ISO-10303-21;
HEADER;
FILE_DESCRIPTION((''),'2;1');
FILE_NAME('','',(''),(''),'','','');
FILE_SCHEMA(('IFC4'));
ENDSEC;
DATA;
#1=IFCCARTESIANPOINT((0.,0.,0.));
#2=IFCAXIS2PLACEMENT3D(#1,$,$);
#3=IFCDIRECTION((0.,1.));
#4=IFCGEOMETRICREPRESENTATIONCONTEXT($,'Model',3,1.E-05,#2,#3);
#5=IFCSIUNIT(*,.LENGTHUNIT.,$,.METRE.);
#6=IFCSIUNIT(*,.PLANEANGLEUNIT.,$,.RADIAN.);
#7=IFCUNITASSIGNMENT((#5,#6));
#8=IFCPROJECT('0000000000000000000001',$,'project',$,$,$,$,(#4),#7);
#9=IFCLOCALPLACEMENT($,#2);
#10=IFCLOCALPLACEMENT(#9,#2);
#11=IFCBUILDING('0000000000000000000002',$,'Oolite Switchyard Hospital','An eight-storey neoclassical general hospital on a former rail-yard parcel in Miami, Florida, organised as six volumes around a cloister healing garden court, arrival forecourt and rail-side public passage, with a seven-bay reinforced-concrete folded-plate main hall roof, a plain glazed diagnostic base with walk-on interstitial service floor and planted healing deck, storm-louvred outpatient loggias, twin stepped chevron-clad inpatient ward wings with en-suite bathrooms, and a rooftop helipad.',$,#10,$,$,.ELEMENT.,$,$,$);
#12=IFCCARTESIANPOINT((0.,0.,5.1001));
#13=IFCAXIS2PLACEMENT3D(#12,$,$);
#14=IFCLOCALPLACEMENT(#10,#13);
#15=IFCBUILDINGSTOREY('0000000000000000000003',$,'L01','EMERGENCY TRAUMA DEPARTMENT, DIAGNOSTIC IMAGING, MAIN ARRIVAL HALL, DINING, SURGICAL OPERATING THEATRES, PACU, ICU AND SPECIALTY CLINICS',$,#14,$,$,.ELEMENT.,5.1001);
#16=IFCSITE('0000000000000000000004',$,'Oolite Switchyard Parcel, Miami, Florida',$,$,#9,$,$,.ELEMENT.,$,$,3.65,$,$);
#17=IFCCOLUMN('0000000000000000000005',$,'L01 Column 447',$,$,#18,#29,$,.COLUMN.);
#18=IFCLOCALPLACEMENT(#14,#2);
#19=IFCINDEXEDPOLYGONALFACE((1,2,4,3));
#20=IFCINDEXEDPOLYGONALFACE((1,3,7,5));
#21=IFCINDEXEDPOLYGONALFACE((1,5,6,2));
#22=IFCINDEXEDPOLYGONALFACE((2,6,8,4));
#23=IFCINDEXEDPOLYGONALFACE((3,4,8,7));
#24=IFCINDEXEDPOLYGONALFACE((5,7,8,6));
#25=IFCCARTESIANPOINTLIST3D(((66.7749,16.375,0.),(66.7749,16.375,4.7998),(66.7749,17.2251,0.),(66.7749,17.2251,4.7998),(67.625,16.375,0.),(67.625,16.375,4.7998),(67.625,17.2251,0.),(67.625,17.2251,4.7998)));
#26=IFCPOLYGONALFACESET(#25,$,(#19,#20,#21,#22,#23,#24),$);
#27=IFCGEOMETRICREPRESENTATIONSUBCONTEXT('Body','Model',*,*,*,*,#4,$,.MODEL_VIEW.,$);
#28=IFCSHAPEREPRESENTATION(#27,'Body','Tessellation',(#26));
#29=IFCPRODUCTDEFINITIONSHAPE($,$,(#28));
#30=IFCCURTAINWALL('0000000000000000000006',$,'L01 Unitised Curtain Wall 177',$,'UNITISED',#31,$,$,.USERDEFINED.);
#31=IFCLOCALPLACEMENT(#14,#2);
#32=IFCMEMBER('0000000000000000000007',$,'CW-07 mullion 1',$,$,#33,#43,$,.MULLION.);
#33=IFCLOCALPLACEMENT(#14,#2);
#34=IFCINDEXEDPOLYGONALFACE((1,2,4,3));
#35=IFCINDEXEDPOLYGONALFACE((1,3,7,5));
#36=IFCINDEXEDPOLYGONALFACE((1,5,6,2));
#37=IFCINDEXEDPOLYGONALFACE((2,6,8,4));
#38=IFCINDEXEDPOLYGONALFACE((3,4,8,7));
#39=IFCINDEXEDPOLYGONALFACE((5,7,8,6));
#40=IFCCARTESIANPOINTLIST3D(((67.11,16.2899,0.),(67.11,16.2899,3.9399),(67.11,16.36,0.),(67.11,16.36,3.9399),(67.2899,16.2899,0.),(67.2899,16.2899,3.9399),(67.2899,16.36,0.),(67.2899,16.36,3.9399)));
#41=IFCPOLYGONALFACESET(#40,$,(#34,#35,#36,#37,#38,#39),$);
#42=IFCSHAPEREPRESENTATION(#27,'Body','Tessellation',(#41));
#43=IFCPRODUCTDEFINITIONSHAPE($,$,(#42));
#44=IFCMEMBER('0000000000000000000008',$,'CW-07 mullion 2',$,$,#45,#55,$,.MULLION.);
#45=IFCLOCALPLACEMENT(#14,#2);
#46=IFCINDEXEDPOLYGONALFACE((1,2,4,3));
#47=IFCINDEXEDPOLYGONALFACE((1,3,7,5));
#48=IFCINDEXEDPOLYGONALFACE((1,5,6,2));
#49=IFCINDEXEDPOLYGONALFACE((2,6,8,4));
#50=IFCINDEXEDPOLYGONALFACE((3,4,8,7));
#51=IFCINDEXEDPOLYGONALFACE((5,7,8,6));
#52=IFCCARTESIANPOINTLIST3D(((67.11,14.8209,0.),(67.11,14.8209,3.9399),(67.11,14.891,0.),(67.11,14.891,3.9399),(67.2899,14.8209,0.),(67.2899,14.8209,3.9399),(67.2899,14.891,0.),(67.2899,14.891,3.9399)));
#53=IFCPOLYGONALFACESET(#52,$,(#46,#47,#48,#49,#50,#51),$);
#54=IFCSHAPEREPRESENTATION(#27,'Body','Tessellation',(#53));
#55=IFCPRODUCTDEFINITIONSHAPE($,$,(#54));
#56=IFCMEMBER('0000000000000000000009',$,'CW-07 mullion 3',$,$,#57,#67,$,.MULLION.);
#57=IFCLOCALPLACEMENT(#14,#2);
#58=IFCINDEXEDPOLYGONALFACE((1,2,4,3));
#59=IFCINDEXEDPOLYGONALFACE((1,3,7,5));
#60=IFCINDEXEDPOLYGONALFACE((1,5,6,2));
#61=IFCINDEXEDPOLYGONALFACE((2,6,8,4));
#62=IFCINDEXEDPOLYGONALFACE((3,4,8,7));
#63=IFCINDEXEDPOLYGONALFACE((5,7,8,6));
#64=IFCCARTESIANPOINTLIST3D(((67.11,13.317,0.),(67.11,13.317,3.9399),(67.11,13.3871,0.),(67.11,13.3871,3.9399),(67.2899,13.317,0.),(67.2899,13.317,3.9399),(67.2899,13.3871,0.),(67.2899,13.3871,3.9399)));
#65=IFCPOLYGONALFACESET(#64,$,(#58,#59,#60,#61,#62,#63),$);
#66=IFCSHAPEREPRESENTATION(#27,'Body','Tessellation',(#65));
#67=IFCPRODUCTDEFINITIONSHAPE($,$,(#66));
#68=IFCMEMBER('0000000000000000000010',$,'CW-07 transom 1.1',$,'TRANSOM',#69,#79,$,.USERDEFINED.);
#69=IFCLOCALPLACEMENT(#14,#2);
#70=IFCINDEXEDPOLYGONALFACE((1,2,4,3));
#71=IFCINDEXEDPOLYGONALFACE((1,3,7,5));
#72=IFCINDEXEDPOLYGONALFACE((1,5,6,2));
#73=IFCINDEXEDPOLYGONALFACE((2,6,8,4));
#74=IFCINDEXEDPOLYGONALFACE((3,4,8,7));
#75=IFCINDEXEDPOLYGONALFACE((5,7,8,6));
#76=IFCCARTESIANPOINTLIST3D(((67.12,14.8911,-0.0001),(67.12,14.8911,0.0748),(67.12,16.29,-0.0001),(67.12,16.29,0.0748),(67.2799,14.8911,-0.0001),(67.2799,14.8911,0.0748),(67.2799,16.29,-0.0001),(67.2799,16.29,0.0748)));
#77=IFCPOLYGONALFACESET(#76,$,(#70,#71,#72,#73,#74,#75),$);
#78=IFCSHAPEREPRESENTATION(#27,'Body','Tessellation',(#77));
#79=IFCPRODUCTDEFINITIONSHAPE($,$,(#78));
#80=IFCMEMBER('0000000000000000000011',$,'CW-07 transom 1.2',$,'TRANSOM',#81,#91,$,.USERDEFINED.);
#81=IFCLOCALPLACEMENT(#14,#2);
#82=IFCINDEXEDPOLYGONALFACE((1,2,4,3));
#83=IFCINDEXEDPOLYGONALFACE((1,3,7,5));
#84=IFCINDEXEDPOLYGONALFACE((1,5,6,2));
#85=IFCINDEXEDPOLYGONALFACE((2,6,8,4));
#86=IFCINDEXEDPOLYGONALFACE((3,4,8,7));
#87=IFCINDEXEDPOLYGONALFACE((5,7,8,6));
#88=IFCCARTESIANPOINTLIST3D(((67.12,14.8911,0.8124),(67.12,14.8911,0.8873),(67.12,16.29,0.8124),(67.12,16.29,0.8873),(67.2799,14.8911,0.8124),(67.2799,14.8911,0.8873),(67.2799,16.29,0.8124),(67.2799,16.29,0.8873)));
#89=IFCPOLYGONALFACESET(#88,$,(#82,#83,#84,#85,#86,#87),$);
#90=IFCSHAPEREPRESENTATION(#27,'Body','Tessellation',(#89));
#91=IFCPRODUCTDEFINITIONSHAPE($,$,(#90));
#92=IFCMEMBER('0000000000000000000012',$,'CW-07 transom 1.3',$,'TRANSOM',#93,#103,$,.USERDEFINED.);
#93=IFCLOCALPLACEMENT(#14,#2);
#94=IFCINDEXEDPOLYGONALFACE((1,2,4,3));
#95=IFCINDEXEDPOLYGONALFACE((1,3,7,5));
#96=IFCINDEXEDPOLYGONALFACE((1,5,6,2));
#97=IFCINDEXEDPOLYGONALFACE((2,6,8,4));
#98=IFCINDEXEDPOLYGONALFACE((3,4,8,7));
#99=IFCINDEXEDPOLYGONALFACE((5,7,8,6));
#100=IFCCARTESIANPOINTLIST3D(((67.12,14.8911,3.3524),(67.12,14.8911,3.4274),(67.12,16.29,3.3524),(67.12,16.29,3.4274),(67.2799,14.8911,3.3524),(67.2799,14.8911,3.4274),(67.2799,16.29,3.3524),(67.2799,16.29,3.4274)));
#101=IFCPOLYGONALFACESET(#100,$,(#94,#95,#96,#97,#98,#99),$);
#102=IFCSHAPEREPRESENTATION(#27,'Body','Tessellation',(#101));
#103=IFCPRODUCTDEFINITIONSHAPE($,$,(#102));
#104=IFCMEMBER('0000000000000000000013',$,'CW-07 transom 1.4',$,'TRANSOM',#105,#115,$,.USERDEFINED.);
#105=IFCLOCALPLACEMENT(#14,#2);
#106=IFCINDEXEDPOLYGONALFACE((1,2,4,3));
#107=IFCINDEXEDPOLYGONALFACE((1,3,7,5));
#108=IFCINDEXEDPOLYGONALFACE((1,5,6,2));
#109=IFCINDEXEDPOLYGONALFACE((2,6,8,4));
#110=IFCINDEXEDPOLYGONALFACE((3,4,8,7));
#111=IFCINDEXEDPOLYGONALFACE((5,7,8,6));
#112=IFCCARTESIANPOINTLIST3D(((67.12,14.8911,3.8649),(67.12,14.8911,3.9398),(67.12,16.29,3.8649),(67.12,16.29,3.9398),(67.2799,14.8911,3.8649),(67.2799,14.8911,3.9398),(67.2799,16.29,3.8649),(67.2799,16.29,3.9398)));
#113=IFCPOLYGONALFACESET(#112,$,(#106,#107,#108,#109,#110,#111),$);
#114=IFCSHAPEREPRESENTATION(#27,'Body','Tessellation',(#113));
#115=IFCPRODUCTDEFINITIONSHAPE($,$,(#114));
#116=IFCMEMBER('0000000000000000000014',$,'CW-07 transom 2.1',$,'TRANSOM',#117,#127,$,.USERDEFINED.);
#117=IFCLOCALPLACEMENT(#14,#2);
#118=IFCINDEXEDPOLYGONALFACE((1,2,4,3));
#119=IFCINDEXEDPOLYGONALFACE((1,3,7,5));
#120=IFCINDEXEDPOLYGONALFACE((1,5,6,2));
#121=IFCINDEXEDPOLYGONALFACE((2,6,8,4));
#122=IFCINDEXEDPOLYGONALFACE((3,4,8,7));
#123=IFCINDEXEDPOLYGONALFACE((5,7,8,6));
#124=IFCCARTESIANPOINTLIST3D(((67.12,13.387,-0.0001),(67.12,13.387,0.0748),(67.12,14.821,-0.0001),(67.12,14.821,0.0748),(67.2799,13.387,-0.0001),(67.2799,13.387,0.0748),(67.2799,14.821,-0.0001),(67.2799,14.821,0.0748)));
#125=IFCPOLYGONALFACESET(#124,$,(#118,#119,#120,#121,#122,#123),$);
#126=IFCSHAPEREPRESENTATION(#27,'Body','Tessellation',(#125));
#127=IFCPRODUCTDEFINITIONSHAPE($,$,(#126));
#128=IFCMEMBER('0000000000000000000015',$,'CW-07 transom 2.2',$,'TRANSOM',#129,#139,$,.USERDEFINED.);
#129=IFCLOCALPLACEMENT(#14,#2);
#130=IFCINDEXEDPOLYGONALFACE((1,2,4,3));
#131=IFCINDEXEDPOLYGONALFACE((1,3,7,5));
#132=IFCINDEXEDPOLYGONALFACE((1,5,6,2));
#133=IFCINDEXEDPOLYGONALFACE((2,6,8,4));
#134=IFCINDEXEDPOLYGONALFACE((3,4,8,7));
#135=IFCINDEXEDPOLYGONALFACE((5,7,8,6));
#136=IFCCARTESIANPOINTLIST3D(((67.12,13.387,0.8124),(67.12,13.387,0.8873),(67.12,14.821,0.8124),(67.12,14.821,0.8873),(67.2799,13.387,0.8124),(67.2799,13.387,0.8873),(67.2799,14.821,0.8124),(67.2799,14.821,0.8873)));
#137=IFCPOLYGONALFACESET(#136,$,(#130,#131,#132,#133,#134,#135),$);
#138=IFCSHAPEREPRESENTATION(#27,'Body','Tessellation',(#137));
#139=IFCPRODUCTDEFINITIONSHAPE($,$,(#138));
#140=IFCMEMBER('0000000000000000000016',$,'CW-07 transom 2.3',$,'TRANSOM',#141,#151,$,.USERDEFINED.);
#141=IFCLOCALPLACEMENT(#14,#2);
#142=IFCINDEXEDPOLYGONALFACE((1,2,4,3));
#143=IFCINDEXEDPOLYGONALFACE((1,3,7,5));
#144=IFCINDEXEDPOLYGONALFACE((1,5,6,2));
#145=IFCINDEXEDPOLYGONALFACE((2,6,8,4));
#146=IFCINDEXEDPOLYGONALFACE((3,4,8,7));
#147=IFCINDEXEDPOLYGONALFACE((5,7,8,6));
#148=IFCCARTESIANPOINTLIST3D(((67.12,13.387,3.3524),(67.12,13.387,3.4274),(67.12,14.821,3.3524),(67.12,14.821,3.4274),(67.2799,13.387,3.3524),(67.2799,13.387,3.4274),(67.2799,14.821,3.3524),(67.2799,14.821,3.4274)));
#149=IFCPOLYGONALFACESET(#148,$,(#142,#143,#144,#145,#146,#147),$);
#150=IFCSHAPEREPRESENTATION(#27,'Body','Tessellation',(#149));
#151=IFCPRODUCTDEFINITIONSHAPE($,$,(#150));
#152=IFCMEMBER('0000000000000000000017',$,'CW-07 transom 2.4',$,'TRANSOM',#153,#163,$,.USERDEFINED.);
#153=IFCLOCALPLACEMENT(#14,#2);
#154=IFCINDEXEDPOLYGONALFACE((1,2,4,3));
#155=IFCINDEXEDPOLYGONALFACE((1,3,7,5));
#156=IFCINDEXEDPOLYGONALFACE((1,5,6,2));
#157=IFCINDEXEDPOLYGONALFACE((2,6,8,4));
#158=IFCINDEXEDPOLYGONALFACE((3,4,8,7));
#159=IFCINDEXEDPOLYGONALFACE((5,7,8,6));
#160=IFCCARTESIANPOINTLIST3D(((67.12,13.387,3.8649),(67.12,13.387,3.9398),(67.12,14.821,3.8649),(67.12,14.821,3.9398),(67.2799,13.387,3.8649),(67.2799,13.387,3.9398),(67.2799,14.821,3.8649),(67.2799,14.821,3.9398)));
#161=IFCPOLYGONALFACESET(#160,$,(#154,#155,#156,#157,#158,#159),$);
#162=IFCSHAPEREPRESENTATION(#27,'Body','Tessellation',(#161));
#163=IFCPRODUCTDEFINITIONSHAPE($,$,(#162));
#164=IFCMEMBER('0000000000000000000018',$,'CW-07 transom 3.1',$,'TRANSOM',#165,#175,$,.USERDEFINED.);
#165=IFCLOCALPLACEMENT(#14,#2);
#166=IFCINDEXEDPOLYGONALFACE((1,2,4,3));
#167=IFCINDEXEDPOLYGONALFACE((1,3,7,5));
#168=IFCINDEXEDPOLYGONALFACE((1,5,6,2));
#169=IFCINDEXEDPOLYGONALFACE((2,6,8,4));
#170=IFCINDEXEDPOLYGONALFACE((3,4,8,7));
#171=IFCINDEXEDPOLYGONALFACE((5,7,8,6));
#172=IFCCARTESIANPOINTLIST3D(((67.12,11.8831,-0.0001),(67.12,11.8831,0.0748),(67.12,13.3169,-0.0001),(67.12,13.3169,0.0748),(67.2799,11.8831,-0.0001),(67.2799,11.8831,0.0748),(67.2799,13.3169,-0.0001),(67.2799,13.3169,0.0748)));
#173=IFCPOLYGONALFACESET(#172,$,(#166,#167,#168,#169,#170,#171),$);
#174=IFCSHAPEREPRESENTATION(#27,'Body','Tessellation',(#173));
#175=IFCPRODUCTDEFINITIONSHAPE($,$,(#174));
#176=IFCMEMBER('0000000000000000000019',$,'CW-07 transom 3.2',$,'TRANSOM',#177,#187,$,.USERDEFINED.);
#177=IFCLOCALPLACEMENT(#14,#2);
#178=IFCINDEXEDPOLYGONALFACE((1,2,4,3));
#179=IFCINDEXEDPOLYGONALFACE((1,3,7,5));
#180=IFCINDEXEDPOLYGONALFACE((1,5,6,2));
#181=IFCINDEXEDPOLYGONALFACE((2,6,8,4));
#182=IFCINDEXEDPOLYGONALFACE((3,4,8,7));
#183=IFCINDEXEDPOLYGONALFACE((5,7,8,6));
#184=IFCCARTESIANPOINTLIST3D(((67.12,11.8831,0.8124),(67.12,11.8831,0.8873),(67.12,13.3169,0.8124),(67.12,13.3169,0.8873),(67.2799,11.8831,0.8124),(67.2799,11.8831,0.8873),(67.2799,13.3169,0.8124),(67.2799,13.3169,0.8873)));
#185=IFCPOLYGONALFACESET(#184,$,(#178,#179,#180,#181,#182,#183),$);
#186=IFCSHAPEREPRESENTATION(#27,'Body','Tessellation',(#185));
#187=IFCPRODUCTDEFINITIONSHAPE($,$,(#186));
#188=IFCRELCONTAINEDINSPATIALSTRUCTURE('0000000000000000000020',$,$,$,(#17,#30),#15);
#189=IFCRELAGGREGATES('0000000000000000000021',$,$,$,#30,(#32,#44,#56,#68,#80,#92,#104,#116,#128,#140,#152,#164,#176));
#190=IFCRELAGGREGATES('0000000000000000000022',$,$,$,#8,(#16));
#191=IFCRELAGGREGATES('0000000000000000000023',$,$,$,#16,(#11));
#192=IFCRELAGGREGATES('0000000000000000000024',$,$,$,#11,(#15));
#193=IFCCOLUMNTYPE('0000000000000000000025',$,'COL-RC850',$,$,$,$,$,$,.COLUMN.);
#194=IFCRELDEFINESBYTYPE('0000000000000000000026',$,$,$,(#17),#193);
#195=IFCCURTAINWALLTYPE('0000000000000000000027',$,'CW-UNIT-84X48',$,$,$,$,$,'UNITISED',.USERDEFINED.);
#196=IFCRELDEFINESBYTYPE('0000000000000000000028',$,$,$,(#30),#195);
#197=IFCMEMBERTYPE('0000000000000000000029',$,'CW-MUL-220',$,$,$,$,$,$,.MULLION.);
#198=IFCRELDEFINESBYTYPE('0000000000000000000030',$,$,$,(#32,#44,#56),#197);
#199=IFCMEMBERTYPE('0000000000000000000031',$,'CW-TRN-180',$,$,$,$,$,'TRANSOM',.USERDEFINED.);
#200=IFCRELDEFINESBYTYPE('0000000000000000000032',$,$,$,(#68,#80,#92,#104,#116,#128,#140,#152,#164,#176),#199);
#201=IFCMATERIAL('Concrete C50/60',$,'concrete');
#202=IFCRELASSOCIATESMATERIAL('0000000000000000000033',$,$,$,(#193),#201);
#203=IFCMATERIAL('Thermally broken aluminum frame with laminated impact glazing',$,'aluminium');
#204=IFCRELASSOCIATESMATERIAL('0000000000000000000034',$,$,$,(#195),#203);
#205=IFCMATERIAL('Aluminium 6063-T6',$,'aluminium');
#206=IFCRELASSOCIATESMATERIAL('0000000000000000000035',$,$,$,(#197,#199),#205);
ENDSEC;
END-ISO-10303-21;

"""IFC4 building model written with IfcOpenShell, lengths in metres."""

from ifc_helpers import new_model, si_unit, direction, frame, origin, origin_2d, place, context, subcontext, project, spatial, rectangle, extrude, material, material_profile, profile_set, type_object, element, aggregate, save


model = new_model("IFC4")

# Units and contexts
model_context = context("Model", 3, precision=1e-05, world=origin(), true_north=direction((0.0, 1.0)))
body_context = subcontext(model_context, "Body", "Model", "MODEL_VIEW")
ifc_project = project(units=[si_unit("LENGTHUNIT", "METRE"), si_unit("PLANEANGLEUNIT", "RADIAN")], contexts=[model_context])

# Site, building, storey
site_placement = place(None, origin())
site = spatial("IfcSite", under=ifc_project, at=site_placement, Name="Oolite Switchyard Parcel, Miami, Florida", CompositionType="ELEMENT", RefElevation=3.65)
building_placement = place(site_placement, origin())
building = spatial("IfcBuilding", under=site, at=building_placement, Name="Oolite Switchyard Hospital", Description="An eight-storey neoclassical general hospital on a former rail-yard parcel in Miami, Florida, organised as six volumes around a cloister healing garden court, arrival forecourt and rail-side public passage, with a seven-bay reinforced-concrete folded-plate main hall roof, a plain glazed diagnostic base with walk-on interstitial service floor and planted healing deck, storm-louvred outpatient loggias, twin stepped chevron-clad inpatient ward wings with en-suite bathrooms, and a rooftop helipad.", CompositionType="ELEMENT")
storey_placement = place(building_placement, frame((0.0, 0.0, 5.1001)))
storey = spatial("IfcBuildingStorey", under=building, at=storey_placement, Name="L01", Description="EMERGENCY TRAUMA DEPARTMENT, DIAGNOSTIC IMAGING, MAIN ARRIVAL HALL, DINING, SURGICAL OPERATING THEATRES, PACU, ICU AND SPECIALTY CLINICS", CompositionType="ELEMENT", Elevation=5.1001)

# Column
ifc_material_1 = material(Name="Concrete C50/60", Category="concrete")
ifc_material_profile_1 = material_profile(ifc_material_1, rectangle(XDim=0.8501, YDim=0.8501, at=origin_2d()), Name="RC850X850")
ifc_profile_set_1 = profile_set([ifc_material_profile_1], Name="Concrete C50/60")
column_type = type_object("IfcColumnType", Name="COL-RC850", PredefinedType="COLUMN", material=ifc_profile_set_1)
column_placement = place(storey_placement, frame((67.2, 16.8, 0.0), z_axis=(0.0, 0.0, 1.0), x_axis=(1.0, 0.0, 0.0)))
element("IfcColumn", 1, at=column_placement, inside=storey, type_object=column_type, Name="L01 Column 447", PredefinedType="COLUMN", context=body_context, shape_type="SweptSolid", body=[
    extrude(rectangle(XDim=0.8501, YDim=0.8501, at=origin_2d()), origin(), (0.0, 0.0, 1.0), 4.7998),
])

# Curtain wall, members
ifc_material_2 = material(Name="Thermally broken aluminum frame with laminated impact glazing", Category="aluminium")
curtain_wall_type = type_object("IfcCurtainWallType", Name="CW-UNIT-84X48", ElementType="UNITISED", PredefinedType="USERDEFINED", material=ifc_material_2)
curtain_wall_placement = place(storey_placement, origin())
curtain_wall = element("IfcCurtainWall", 2, at=curtain_wall_placement, inside=storey, type_object=curtain_wall_type, Name="L01 Unitised Curtain Wall 177", ObjectType="UNITISED", PredefinedType="USERDEFINED")
ifc_material_3 = material(Name="Aluminium 6063-T6", Category="aluminium")
ifc_material_profile_2 = material_profile(ifc_material_3, rectangle(XDim=0.1799, YDim=0.0701, at=origin_2d()), Name="CWM70X180")
ifc_profile_set_2 = profile_set([ifc_material_profile_2], Name="Aluminium 6063-T6")
member_type_1 = type_object("IfcMemberType", Name="CW-MUL-220", PredefinedType="MULLION", material=ifc_profile_set_2)
member_1_placement = place(storey_placement, frame((67.2, 16.325, 0.0), z_axis=(0.0, 0.0, 1.0), x_axis=(1.0, 0.0, 0.0)))
member_1 = element("IfcMember", 3, at=member_1_placement, type_object=member_type_1, Name="CW-07 mullion 1", PredefinedType="MULLION", context=body_context, shape_type="SweptSolid", body=[
    extrude(rectangle(XDim=0.1799, YDim=0.0701, at=origin_2d()), origin(), (0.0, 0.0, 1.0), 3.9399),
])
member_2_placement = place(storey_placement, frame((67.2, 14.856, 0.0), z_axis=(0.0, 0.0, 1.0), x_axis=(1.0, 0.0, 0.0)))
member_2 = element("IfcMember", 4, at=member_2_placement, type_object=member_type_1, Name="CW-07 mullion 2", PredefinedType="MULLION", context=body_context, shape_type="SweptSolid", body=[
    extrude(rectangle(XDim=0.1799, YDim=0.0701, at=origin_2d()), origin(), (0.0, 0.0, 1.0), 3.9399),
])
member_3_placement = place(storey_placement, frame((67.2, 13.3521, 0.0), z_axis=(0.0, 0.0, 1.0), x_axis=(1.0, 0.0, 0.0)))
member_3 = element("IfcMember", 5, at=member_3_placement, type_object=member_type_1, Name="CW-07 mullion 3", PredefinedType="MULLION", context=body_context, shape_type="SweptSolid", body=[
    extrude(rectangle(XDim=0.1799, YDim=0.0701, at=origin_2d()), origin(), (0.0, 0.0, 1.0), 3.9399),
])
ifc_material_profile_3 = material_profile(ifc_material_3, rectangle(XDim=0.1599, YDim=0.075, at=origin_2d()), Name="CWT75X160")
ifc_profile_set_3 = profile_set([ifc_material_profile_3], Name="Aluminium 6063-T6")
member_type_2 = type_object("IfcMemberType", Name="CW-TRN-180", ElementType="TRANSOM", PredefinedType="USERDEFINED", material=ifc_profile_set_3)
member_4_placement = place(storey_placement, frame((67.2, 16.29, 0.0374), z_axis=(0.0, -1.0, 0.0), x_axis=(1.0, 0.0, 0.0)))
member_4 = element("IfcMember", 6, at=member_4_placement, type_object=member_type_2, Name="CW-07 transom 1.1", ObjectType="TRANSOM", PredefinedType="USERDEFINED", context=body_context, shape_type="SweptSolid", body=[
    extrude(rectangle(XDim=0.1599, YDim=0.075, at=origin_2d()), origin(), (0.0, 0.0, 1.0), 1.3989),
])
member_5_placement = place(storey_placement, frame((67.2, 16.29, 0.8499), z_axis=(0.0, -1.0, 0.0), x_axis=(1.0, 0.0, 0.0)))
member_5 = element("IfcMember", 7, at=member_5_placement, type_object=member_type_2, Name="CW-07 transom 1.2", ObjectType="TRANSOM", PredefinedType="USERDEFINED", context=body_context, shape_type="SweptSolid", body=[
    extrude(rectangle(XDim=0.1599, YDim=0.075, at=origin_2d()), origin(), (0.0, 0.0, 1.0), 1.3989),
])
member_6_placement = place(storey_placement, frame((67.2, 16.29, 3.3899), z_axis=(0.0, -1.0, 0.0), x_axis=(1.0, 0.0, 0.0)))
member_6 = element("IfcMember", 8, at=member_6_placement, type_object=member_type_2, Name="CW-07 transom 1.3", ObjectType="TRANSOM", PredefinedType="USERDEFINED", context=body_context, shape_type="SweptSolid", body=[
    extrude(rectangle(XDim=0.1599, YDim=0.075, at=origin_2d()), origin(), (0.0, 0.0, 1.0), 1.3989),
])
member_7_placement = place(storey_placement, frame((67.2, 16.29, 3.9023), z_axis=(0.0, -1.0, 0.0), x_axis=(1.0, 0.0, 0.0)))
member_7 = element("IfcMember", 9, at=member_7_placement, type_object=member_type_2, Name="CW-07 transom 1.4", ObjectType="TRANSOM", PredefinedType="USERDEFINED", context=body_context, shape_type="SweptSolid", body=[
    extrude(rectangle(XDim=0.1599, YDim=0.075, at=origin_2d()), origin(), (0.0, 0.0, 1.0), 1.3989),
])
member_8_placement = place(storey_placement, frame((67.2, 14.821, 0.0374), z_axis=(0.0, -1.0, 0.0), x_axis=(1.0, 0.0, 0.0)))
member_8 = element("IfcMember", 10, at=member_8_placement, type_object=member_type_2, Name="CW-07 transom 2.1", ObjectType="TRANSOM", PredefinedType="USERDEFINED", context=body_context, shape_type="SweptSolid", body=[
    extrude(rectangle(XDim=0.1599, YDim=0.075, at=origin_2d()), origin(), (0.0, 0.0, 1.0), 1.4341),
])
member_9_placement = place(storey_placement, frame((67.2, 14.821, 0.8499), z_axis=(0.0, -1.0, 0.0), x_axis=(1.0, 0.0, 0.0)))
member_9 = element("IfcMember", 11, at=member_9_placement, type_object=member_type_2, Name="CW-07 transom 2.2", ObjectType="TRANSOM", PredefinedType="USERDEFINED", context=body_context, shape_type="SweptSolid", body=[
    extrude(rectangle(XDim=0.1599, YDim=0.075, at=origin_2d()), origin(), (0.0, 0.0, 1.0), 1.4341),
])
member_10_placement = place(storey_placement, frame((67.2, 14.821, 3.3899), z_axis=(0.0, -1.0, 0.0), x_axis=(1.0, 0.0, 0.0)))
member_10 = element("IfcMember", 12, at=member_10_placement, type_object=member_type_2, Name="CW-07 transom 2.3", ObjectType="TRANSOM", PredefinedType="USERDEFINED", context=body_context, shape_type="SweptSolid", body=[
    extrude(rectangle(XDim=0.1599, YDim=0.075, at=origin_2d()), origin(), (0.0, 0.0, 1.0), 1.4341),
])
member_11_placement = place(storey_placement, frame((67.2, 14.821, 3.9023), z_axis=(0.0, -1.0, 0.0), x_axis=(1.0, 0.0, 0.0)))
member_11 = element("IfcMember", 13, at=member_11_placement, type_object=member_type_2, Name="CW-07 transom 2.4", ObjectType="TRANSOM", PredefinedType="USERDEFINED", context=body_context, shape_type="SweptSolid", body=[
    extrude(rectangle(XDim=0.1599, YDim=0.075, at=origin_2d()), origin(), (0.0, 0.0, 1.0), 1.4341),
])
member_12_placement = place(storey_placement, frame((67.2, 13.3169, 0.0374), z_axis=(0.0, -1.0, 0.0), x_axis=(1.0, 0.0, 0.0)))
member_12 = element("IfcMember", 14, at=member_12_placement, type_object=member_type_2, Name="CW-07 transom 3.1", ObjectType="TRANSOM", PredefinedType="USERDEFINED", context=body_context, shape_type="SweptSolid", body=[
    extrude(rectangle(XDim=0.1599, YDim=0.075, at=origin_2d()), origin(), (0.0, 0.0, 1.0), 1.4338),
])
member_13_placement = place(storey_placement, frame((67.2, 13.3169, 0.8499), z_axis=(0.0, -1.0, 0.0), x_axis=(1.0, 0.0, 0.0)))
member_13 = element("IfcMember", 15, at=member_13_placement, type_object=member_type_2, Name="CW-07 transom 3.2", ObjectType="TRANSOM", PredefinedType="USERDEFINED", context=body_context, shape_type="SweptSolid", body=[
    extrude(rectangle(XDim=0.1599, YDim=0.075, at=origin_2d()), origin(), (0.0, 0.0, 1.0), 1.4338),
])
aggregate(curtain_wall, [member_1, member_2, member_3, member_4, member_5, member_6, member_7, member_8, member_9, member_10, member_11, member_12, member_13])

save(model, "model.ifc")
